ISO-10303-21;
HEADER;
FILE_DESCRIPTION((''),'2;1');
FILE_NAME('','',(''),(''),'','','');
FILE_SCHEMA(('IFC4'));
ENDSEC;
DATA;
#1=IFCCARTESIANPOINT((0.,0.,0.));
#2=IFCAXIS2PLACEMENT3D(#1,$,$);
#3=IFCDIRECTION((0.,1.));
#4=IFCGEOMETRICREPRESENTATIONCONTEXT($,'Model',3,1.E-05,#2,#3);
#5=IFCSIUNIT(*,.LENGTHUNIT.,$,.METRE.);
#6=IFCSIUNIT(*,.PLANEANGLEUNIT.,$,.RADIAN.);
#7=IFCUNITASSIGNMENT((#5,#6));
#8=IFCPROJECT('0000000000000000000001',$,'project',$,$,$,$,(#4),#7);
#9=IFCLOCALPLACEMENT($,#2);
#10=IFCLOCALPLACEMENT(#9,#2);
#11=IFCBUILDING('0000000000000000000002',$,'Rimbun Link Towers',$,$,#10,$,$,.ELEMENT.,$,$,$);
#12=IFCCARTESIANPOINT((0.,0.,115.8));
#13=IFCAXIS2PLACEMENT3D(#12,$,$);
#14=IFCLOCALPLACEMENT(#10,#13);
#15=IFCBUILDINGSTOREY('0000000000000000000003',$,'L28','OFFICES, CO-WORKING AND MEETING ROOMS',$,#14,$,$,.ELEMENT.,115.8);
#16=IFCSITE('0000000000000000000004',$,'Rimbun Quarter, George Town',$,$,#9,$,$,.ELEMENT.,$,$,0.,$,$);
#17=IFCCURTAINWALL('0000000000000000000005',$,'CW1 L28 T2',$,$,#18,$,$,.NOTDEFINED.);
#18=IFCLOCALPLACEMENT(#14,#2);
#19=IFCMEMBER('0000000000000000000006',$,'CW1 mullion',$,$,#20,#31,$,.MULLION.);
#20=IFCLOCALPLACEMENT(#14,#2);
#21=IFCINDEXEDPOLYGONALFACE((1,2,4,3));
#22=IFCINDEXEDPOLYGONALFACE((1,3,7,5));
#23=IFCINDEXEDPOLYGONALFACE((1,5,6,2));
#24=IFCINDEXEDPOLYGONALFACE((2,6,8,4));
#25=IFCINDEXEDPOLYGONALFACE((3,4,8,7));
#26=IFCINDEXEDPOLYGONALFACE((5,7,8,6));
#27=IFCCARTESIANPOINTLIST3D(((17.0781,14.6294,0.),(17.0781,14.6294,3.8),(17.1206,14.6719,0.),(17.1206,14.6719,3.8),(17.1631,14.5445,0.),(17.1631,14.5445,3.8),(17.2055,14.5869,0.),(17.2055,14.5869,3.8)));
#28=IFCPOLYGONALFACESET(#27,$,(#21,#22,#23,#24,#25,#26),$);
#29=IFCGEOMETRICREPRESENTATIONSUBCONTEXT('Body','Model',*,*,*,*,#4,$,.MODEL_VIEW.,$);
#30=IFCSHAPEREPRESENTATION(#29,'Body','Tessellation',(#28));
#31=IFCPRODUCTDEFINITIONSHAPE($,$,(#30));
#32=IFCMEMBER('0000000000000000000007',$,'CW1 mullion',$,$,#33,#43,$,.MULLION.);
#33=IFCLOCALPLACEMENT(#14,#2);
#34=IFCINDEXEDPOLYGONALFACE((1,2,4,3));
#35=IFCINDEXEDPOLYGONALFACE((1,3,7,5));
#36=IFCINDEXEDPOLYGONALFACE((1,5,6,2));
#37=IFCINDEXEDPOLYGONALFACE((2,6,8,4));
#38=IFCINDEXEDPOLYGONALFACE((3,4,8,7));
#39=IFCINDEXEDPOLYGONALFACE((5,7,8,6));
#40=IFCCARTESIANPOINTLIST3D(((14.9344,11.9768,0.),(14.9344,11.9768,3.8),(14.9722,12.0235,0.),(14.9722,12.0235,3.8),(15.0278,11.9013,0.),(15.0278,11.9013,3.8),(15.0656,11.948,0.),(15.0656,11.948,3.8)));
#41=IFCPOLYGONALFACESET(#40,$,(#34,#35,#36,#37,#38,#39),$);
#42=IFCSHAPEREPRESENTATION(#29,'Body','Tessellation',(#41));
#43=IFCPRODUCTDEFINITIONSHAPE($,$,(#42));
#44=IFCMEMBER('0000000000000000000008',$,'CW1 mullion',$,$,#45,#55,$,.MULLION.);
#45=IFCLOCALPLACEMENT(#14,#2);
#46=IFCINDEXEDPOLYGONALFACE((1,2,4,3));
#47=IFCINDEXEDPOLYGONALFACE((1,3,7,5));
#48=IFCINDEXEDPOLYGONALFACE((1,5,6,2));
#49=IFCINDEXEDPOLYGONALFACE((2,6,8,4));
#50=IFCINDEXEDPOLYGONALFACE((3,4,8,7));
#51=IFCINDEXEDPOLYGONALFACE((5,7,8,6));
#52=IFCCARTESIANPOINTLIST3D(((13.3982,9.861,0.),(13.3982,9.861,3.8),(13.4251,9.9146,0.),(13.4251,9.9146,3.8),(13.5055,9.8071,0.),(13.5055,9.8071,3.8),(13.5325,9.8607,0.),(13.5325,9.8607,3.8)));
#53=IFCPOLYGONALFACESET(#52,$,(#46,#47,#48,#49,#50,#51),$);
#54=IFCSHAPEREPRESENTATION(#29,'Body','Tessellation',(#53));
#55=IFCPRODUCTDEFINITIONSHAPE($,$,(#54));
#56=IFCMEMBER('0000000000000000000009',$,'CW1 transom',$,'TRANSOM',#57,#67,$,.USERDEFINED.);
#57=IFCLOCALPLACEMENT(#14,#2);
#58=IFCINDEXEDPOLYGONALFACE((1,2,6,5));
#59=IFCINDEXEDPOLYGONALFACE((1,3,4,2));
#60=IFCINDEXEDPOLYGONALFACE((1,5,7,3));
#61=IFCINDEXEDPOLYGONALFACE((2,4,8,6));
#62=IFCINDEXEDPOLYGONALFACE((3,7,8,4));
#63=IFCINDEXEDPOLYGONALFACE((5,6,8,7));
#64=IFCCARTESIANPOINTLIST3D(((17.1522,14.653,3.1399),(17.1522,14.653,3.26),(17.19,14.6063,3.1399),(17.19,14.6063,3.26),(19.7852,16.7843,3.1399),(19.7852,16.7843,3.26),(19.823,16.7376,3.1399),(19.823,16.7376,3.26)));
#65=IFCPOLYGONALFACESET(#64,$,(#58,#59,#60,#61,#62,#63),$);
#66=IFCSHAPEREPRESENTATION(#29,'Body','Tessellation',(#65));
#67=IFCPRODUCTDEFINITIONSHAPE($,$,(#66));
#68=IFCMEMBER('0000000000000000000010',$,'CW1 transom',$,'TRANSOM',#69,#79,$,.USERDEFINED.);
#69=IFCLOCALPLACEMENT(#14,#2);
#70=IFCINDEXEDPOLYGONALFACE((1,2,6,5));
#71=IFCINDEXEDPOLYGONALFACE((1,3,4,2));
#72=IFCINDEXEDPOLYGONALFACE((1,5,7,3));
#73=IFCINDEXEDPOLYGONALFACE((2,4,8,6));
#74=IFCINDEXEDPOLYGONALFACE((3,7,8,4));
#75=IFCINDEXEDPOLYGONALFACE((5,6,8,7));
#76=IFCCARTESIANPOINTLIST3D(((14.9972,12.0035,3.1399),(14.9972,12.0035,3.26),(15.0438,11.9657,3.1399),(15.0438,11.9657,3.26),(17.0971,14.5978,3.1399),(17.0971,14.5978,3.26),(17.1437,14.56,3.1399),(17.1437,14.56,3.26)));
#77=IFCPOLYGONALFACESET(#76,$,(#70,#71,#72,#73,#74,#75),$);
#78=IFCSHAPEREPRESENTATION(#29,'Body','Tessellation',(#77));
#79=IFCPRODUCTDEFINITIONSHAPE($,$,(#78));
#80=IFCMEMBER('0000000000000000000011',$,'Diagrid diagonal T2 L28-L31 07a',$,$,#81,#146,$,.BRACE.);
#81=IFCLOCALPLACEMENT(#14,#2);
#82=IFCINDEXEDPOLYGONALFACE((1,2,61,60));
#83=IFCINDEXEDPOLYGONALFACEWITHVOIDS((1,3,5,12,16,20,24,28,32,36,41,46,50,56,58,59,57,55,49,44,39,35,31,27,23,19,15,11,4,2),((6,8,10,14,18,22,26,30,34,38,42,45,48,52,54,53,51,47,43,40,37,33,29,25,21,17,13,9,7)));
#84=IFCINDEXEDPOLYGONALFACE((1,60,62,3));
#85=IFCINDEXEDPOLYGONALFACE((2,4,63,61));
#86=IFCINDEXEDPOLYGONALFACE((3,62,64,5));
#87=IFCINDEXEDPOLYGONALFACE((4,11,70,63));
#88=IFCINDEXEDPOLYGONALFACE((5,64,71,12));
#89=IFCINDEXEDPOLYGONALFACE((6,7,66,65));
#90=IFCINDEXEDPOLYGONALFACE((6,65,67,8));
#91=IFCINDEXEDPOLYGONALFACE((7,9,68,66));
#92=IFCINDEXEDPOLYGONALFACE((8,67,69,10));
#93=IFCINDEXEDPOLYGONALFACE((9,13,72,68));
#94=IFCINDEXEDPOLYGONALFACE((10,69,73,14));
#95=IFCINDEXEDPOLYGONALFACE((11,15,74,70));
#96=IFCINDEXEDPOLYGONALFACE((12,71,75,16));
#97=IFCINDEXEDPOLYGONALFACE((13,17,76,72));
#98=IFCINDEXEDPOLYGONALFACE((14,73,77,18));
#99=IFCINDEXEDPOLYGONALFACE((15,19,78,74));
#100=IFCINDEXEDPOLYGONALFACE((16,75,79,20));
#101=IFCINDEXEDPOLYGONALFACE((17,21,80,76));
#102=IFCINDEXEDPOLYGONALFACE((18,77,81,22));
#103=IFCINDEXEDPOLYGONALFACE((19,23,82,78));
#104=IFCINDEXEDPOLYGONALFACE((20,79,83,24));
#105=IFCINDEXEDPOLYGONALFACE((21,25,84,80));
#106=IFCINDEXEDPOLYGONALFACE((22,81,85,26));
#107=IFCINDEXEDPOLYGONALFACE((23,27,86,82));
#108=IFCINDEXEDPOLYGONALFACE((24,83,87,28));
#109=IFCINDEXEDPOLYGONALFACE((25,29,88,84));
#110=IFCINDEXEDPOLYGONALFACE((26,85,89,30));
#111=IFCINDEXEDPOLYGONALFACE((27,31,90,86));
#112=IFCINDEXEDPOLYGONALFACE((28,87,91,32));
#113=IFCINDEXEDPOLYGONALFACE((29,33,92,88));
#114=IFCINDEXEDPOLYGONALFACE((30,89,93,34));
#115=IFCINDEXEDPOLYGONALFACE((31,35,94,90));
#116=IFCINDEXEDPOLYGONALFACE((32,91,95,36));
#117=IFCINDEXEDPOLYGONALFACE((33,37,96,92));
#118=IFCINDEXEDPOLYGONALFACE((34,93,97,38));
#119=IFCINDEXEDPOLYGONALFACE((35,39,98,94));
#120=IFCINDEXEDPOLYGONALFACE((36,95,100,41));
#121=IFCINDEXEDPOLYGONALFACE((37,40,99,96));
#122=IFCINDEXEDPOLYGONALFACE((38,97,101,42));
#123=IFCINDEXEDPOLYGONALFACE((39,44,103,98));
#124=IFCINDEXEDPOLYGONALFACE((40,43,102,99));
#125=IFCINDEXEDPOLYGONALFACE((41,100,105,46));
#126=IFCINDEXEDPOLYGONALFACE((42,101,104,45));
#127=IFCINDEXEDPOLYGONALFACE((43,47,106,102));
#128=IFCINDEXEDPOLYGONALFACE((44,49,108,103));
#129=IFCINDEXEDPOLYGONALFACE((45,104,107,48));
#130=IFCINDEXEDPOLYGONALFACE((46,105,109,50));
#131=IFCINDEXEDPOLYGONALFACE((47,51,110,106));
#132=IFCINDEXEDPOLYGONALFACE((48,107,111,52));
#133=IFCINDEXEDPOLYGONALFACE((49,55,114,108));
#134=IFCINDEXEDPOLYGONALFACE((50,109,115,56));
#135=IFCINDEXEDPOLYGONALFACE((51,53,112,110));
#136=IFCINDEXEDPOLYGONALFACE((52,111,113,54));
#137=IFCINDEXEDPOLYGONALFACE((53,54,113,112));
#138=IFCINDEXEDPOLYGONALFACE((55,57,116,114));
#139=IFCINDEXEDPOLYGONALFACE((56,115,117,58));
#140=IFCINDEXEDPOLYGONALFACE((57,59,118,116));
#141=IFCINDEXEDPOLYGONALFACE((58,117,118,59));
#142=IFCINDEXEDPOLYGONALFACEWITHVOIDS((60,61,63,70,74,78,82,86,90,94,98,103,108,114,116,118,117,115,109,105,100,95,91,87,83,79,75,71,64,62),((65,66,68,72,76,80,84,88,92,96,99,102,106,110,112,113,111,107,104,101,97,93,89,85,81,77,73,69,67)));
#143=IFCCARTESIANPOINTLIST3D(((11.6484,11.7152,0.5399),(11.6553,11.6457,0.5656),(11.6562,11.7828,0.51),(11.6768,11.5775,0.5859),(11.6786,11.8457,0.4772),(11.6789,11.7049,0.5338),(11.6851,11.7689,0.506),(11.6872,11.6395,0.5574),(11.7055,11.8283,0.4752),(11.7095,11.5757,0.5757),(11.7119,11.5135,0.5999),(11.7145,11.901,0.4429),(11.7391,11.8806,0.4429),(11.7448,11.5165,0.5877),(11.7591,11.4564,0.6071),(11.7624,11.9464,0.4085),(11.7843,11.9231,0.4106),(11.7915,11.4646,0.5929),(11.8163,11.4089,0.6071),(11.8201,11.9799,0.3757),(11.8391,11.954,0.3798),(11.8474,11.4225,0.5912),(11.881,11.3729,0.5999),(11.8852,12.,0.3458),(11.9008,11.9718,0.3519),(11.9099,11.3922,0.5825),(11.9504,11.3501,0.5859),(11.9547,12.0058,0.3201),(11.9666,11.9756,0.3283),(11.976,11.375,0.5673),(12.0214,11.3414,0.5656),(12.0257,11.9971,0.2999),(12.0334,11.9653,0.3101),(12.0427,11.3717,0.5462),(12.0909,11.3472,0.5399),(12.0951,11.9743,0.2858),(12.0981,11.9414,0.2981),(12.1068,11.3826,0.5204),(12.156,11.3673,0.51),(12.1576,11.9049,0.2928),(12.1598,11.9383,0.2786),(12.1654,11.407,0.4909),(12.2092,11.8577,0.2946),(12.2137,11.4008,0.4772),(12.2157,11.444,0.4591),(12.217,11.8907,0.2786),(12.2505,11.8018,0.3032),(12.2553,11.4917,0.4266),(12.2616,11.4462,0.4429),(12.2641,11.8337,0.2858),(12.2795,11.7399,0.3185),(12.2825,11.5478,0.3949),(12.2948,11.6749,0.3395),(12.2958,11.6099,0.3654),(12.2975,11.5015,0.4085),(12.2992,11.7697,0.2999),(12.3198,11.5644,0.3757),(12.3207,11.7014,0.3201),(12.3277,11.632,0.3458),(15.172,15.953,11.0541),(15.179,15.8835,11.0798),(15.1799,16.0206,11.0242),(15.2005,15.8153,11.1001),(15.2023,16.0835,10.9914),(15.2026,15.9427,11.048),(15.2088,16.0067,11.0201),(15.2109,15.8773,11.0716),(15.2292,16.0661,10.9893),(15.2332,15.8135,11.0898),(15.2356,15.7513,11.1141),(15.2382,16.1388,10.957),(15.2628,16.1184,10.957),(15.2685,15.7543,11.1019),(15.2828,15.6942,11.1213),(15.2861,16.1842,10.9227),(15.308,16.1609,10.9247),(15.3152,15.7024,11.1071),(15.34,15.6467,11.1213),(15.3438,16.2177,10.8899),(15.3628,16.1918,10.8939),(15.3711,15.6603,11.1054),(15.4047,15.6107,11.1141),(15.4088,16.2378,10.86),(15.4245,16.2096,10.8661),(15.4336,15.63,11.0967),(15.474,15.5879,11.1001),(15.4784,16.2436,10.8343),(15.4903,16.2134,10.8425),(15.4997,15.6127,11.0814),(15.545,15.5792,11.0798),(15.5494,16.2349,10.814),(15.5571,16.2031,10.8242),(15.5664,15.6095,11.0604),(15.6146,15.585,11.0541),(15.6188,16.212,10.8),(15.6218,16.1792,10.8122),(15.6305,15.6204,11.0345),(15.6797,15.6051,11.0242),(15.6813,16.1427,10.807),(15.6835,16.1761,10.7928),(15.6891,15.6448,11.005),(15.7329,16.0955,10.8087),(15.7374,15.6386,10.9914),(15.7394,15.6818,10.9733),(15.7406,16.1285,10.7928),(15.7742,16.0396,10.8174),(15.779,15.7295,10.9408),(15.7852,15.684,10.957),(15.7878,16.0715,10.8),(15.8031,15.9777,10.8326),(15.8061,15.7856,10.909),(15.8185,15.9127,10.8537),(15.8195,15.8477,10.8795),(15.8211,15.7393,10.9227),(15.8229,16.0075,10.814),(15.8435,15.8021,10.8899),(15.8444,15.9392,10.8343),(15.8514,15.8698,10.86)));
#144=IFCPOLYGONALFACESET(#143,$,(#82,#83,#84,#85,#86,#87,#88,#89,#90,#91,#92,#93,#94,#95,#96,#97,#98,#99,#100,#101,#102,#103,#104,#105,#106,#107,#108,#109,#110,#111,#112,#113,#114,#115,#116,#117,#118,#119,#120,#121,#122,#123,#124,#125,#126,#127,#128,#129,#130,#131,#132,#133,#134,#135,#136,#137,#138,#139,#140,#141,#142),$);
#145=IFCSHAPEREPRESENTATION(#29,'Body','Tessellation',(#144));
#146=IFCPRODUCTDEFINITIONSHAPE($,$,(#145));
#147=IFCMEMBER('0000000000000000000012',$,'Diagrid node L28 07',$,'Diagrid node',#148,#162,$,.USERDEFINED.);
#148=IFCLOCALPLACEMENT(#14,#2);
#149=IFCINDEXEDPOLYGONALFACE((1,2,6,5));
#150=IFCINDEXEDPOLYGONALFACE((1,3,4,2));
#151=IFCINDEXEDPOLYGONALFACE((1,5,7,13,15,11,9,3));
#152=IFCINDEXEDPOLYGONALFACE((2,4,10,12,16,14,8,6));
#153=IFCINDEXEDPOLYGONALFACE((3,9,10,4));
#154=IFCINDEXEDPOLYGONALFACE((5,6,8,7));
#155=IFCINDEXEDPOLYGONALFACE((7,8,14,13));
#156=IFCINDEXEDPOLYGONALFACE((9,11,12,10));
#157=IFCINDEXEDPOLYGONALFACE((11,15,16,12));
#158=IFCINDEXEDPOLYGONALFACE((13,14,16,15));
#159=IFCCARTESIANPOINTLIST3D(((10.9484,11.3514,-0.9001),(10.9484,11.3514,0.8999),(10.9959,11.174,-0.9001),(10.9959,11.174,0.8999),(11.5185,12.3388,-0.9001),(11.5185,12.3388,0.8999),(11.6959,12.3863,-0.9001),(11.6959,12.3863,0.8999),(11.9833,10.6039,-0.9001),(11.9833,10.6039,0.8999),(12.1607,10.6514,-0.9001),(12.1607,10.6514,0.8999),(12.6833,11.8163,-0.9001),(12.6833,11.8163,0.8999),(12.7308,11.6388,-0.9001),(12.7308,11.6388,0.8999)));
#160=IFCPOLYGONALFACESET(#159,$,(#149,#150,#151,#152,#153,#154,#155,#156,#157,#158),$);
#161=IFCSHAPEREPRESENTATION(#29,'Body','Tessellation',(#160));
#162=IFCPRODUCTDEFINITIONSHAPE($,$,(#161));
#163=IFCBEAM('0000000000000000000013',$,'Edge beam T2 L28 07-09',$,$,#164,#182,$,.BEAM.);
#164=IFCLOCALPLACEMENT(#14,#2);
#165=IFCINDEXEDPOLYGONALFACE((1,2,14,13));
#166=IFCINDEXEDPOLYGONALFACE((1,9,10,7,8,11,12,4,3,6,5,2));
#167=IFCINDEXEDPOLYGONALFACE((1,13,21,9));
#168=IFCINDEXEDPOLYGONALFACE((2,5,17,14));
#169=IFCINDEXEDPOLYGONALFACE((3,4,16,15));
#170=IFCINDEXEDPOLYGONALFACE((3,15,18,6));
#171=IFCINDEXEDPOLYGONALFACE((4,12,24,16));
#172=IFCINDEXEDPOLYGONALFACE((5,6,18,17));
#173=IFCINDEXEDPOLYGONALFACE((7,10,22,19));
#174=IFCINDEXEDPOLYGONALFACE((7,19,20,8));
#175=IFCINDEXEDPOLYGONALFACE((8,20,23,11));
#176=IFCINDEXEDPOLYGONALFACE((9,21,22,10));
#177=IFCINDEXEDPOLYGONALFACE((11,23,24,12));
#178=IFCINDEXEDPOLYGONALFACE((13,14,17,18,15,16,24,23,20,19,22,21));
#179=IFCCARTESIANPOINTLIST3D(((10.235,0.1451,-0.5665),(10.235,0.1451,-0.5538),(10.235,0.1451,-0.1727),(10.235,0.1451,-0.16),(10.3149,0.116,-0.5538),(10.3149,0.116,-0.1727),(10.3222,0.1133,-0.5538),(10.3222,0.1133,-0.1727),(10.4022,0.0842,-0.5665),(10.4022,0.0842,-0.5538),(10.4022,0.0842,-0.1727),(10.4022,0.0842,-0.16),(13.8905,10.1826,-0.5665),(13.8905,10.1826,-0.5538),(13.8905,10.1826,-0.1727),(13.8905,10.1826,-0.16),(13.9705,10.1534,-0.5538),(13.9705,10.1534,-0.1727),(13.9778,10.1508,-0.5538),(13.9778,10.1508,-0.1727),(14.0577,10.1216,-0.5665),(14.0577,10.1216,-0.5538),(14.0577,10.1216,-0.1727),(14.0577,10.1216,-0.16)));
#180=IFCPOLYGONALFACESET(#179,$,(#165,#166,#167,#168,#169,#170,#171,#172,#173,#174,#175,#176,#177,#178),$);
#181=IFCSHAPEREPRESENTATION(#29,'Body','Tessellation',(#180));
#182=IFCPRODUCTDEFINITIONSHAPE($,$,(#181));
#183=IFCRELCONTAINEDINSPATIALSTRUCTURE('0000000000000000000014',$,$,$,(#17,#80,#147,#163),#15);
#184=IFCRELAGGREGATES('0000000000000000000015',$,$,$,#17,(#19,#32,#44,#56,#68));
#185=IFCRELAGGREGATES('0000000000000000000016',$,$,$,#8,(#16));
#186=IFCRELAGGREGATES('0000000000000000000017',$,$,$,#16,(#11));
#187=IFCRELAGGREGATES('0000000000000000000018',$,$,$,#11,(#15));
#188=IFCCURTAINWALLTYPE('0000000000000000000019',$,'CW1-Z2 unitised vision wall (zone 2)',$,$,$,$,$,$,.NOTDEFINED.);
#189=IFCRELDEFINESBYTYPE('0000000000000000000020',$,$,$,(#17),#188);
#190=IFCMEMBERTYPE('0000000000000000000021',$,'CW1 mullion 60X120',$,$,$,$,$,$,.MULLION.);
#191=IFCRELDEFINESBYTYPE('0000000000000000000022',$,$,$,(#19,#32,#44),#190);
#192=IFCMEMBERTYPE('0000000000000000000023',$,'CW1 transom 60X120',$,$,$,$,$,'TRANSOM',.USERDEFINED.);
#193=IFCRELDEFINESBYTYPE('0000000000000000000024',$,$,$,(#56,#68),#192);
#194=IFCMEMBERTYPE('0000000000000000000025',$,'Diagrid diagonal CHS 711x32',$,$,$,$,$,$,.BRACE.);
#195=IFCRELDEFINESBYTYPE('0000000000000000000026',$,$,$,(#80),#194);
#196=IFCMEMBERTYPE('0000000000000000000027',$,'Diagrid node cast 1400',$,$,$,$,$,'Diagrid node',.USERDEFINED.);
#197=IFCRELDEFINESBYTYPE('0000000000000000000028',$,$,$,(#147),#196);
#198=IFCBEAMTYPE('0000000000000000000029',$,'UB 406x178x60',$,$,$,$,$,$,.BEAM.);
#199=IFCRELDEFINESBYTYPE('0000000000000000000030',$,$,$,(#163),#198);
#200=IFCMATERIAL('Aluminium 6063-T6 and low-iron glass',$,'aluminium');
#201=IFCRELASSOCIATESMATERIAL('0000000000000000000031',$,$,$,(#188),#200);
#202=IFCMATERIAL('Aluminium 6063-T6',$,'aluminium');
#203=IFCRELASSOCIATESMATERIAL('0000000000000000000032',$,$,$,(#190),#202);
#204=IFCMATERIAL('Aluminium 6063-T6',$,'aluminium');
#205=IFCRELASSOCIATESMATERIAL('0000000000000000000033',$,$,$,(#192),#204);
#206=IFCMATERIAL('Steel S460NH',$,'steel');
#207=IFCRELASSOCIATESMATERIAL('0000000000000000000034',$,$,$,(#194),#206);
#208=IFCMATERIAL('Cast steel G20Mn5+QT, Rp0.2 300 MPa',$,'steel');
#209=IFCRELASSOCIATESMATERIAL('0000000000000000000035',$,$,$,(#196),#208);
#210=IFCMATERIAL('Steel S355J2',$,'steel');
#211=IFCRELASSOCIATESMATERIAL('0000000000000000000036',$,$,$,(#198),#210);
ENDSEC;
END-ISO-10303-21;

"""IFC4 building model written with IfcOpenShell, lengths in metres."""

from ifc_helpers import new_model, si_unit, direction, frame, origin, origin_2d, place, context, subcontext, project, spatial, polyline, rectangle, hollow_circle, i_section, outline, extrude, material, material_profile, profile_set, type_object, element, aggregate, save


model = new_model("IFC4")

# Units and contexts
model_context = context("Model", 3, precision=1e-05, world=origin(), true_north=direction((0.0, 1.0)))
body_context = subcontext(model_context, "Body", "Model", "MODEL_VIEW")
ifc_project = project(units=[si_unit("LENGTHUNIT", "METRE"), si_unit("PLANEANGLEUNIT", "RADIAN")], contexts=[model_context])

# Site, building, storey
site_placement = place(None, origin())
site = spatial("IfcSite", under=ifc_project, at=site_placement, Name="Rimbun Quarter, George Town", CompositionType="ELEMENT", RefElevation=0.0)
building_placement = place(site_placement, origin())
building = spatial("IfcBuilding", under=site, at=building_placement, Name="Rimbun Link Towers", CompositionType="ELEMENT")
storey_placement = place(building_placement, frame((0.0, 0.0, 115.8)))
storey = spatial("IfcBuildingStorey", under=building, at=storey_placement, Name="L28", Description="OFFICES, CO-WORKING AND MEETING ROOMS", CompositionType="ELEMENT", Elevation=115.8)

# Curtain wall, members
ifc_material_1 = material(Name="Aluminium 6063-T6 and low-iron glass", Category="aluminium")
curtain_wall_type = type_object("IfcCurtainWallType", Name="CW1-Z2 unitised vision wall (zone 2)", PredefinedType="NOTDEFINED", material=ifc_material_1)
curtain_wall_placement = place(storey_placement, origin())
curtain_wall = element("IfcCurtainWall", 1, at=curtain_wall_placement, inside=storey, type_object=curtain_wall_type, Name="CW1 L28 T2", PredefinedType="NOTDEFINED")
ifc_material_2 = material(Name="Aluminium 6063-T6", Category="aluminium")
ifc_material_profile_1 = material_profile(ifc_material_2, rectangle(XDim=0.1201, YDim=0.0601, at=origin_2d()), Name="MULLION 60X120")
ifc_profile_set_1 = profile_set([ifc_material_profile_1], Name="Aluminium 6063-T6")
member_type_1 = type_object("IfcMemberType", Name="CW1 mullion 60X120", PredefinedType="MULLION", material=ifc_profile_set_1)
member_1_placement = place(storey_placement, frame((17.1418, 14.6082, 0.0), z_axis=(0.0, 0.0, 1.0), x_axis=(-0.707107, 0.707107, 0.0)))
member_1 = element("IfcMember", 2, at=member_1_placement, type_object=member_type_1, Name="CW1 mullion", PredefinedType="MULLION", context=body_context, shape_type="SweptSolid", body=[
    extrude(rectangle(XDim=0.1201, YDim=0.0601, at=origin_2d()), origin(), (0.0, 0.0, 1.0), 3.8),
])
member_2_placement = place(storey_placement, frame((15.0, 11.9624, 0.0), z_axis=(0.0, 0.0, 1.0), x_axis=(-0.777277, 0.629158, 0.0)))
member_2 = element("IfcMember", 3, at=member_2_placement, type_object=member_type_1, Name="CW1 mullion", PredefinedType="MULLION", context=body_context, shape_type="SweptSolid", body=[
    extrude(rectangle(XDim=0.1201, YDim=0.0601, at=origin_2d()), origin(), (0.0, 0.0, 1.0), 3.8),
])
member_3_placement = place(storey_placement, frame((13.4653, 9.8608, 0.0), z_axis=(0.0, 0.0, 1.0), x_axis=(-0.893638, 0.448789, 0.0)))
member_3 = element("IfcMember", 4, at=member_3_placement, type_object=member_type_1, Name="CW1 mullion", PredefinedType="MULLION", context=body_context, shape_type="SweptSolid", body=[
    extrude(rectangle(XDim=0.1201, YDim=0.0601, at=origin_2d()), origin(), (0.0, 0.0, 1.0), 3.8),
])
ifc_material_3 = material(Name="Aluminium 6063-T6", Category="aluminium")
ifc_material_profile_2 = material_profile(ifc_material_3, rectangle(XDim=0.0601, YDim=0.1201, at=origin_2d()), Name="TRANSOM 60X120")
ifc_profile_set_2 = profile_set([ifc_material_profile_2], Name="Aluminium 6063-T6")
member_type_2 = type_object("IfcMemberType", Name="CW1 transom 60X120", ElementType="TRANSOM", PredefinedType="USERDEFINED", material=ifc_profile_set_2)
member_4_placement = place(storey_placement, frame((17.1711, 14.6296, 3.2), z_axis=(0.77727, 0.629167, 0.0), x_axis=(-0.629167, 0.77727, 0.0)))
member_4 = element("IfcMember", 5, at=member_4_placement, type_object=member_type_2, Name="CW1 transom", ObjectType="TRANSOM", PredefinedType="USERDEFINED", context=body_context, shape_type="SweptSolid", body=[
    extrude(rectangle(XDim=0.0601, YDim=0.1201, at=origin_2d()), origin(), (0.0, 0.0, 1.0), 3.3875),
])
member_5_placement = place(storey_placement, frame((15.0205, 11.9846, 3.2), z_axis=(0.629154, 0.777281, 0.0), x_axis=(-0.777281, 0.629154, 0.0)))
member_5 = element("IfcMember", 6, at=member_5_placement, type_object=member_type_2, Name="CW1 transom", ObjectType="TRANSOM", PredefinedType="USERDEFINED", context=body_context, shape_type="SweptSolid", body=[
    extrude(rectangle(XDim=0.0601, YDim=0.1201, at=origin_2d()), origin(), (0.0, 0.0, 1.0), 3.3376),
])

# Members
ifc_material_4 = material(Name="Steel S460NH", Category="steel")
ifc_material_profile_3 = material_profile(ifc_material_4, hollow_circle(Radius=0.3557, WallThickness=0.032, at=origin_2d()), Name="Diagrid diagonal CHS 711x32")
ifc_profile_set_3 = profile_set([ifc_material_profile_3], Name="Steel S460NH")
member_type_3 = type_object("IfcMemberType", Name="Diagrid diagonal CHS 711x32", PredefinedType="BRACE", material=ifc_profile_set_3)
member_6_placement = place(storey_placement, frame((11.988, 11.6736, 0.4429), z_axis=(0.296829, 0.356984, 0.885695), x_axis=(-0.768918, 0.639347, 0.0)))
element("IfcMember", 7, at=member_6_placement, inside=storey, type_object=member_type_3, Name="Diagrid diagonal T2 L28-L31 07a", PredefinedType="BRACE", context=body_context, shape_type="SweptSolid", body=[
    extrude(hollow_circle(Radius=0.3557, WallThickness=0.032, at=origin_2d()), origin(), (0.0, 0.0, 1.0), 11.8711),
])
ifc_material_5 = material(Name="Cast steel G20Mn5+QT, Rp0.2 300 MPa", Category="steel")
ifc_material_profile_4 = material_profile(ifc_material_5, outline(polyline([(0.7, -0.5701), (0.7, 0.5701), (0.5701, 0.7), (-0.5701, 0.7), (-0.7, 0.5701), (-0.7, -0.5701), (-0.5701, -0.7), (0.5701, -0.7), (0.7, -0.5701)])), Name="NODE 1400x1400")
ifc_profile_set_4 = profile_set([ifc_material_profile_4], Name="Cast steel G20Mn5+QT, Rp0.2 300 MPa")
member_type_4 = type_object("IfcMemberType", Name="Diagrid node cast 1400", ElementType="Diagrid node", PredefinedType="USERDEFINED", material=ifc_profile_set_4)
member_7_placement = place(storey_placement, frame((11.8396, 11.4951, -0.9001), z_axis=(0.0, 0.0, 1.0), x_axis=(-0.866025, 0.5, 0.0)))
element("IfcMember", 8, at=member_7_placement, inside=storey, type_object=member_type_4, Name="Diagrid node L28 07", ObjectType="Diagrid node", PredefinedType="USERDEFINED", context=body_context, shape_type="SweptSolid", body=[
    extrude(outline(polyline([(0.7, -0.5701), (0.7, 0.5701), (0.5701, 0.7), (-0.5701, 0.7), (-0.7, 0.5701), (-0.7, -0.5701), (-0.5701, -0.7), (0.5701, -0.7), (0.7, -0.5701)])), origin(), (0.0, 0.0, 1.0), 1.8),
])

# Beam
ifc_material_6 = material(Name="Steel S355J2", Category="steel")
ifc_material_profile_5 = material_profile(ifc_material_6, i_section(OverallWidth=0.178, OverallDepth=0.4065, WebThickness=0.0078, FlangeThickness=0.0127, at=origin_2d()), Name="UB 406x178x60")
ifc_profile_set_5 = profile_set([ifc_material_profile_5], Name="Steel S355J2")
beam_type = type_object("IfcBeamType", Name="UB 406x178x60", PredefinedType="BEAM", material=ifc_profile_set_5)
beam_placement = place(storey_placement, frame((13.9741, 10.1521, -0.3633), z_axis=(-0.342204, -0.939626, 0.0), x_axis=(0.939626, -0.342204, 0.0)))
element("IfcBeam", 9, at=beam_placement, inside=storey, type_object=beam_type, Name="Edge beam T2 L28 07-09", PredefinedType="BEAM", context=body_context, shape_type="SweptSolid", body=[
    extrude(i_section(OverallWidth=0.178, OverallDepth=0.4065, WebThickness=0.0078, FlangeThickness=0.0127, at=origin_2d()), origin(), (0.0, 0.0, 1.0), 10.6824),
])

aggregate(curtain_wall, [member_1, member_2, member_3, member_4, member_5])

save(model, "model.ifc")
